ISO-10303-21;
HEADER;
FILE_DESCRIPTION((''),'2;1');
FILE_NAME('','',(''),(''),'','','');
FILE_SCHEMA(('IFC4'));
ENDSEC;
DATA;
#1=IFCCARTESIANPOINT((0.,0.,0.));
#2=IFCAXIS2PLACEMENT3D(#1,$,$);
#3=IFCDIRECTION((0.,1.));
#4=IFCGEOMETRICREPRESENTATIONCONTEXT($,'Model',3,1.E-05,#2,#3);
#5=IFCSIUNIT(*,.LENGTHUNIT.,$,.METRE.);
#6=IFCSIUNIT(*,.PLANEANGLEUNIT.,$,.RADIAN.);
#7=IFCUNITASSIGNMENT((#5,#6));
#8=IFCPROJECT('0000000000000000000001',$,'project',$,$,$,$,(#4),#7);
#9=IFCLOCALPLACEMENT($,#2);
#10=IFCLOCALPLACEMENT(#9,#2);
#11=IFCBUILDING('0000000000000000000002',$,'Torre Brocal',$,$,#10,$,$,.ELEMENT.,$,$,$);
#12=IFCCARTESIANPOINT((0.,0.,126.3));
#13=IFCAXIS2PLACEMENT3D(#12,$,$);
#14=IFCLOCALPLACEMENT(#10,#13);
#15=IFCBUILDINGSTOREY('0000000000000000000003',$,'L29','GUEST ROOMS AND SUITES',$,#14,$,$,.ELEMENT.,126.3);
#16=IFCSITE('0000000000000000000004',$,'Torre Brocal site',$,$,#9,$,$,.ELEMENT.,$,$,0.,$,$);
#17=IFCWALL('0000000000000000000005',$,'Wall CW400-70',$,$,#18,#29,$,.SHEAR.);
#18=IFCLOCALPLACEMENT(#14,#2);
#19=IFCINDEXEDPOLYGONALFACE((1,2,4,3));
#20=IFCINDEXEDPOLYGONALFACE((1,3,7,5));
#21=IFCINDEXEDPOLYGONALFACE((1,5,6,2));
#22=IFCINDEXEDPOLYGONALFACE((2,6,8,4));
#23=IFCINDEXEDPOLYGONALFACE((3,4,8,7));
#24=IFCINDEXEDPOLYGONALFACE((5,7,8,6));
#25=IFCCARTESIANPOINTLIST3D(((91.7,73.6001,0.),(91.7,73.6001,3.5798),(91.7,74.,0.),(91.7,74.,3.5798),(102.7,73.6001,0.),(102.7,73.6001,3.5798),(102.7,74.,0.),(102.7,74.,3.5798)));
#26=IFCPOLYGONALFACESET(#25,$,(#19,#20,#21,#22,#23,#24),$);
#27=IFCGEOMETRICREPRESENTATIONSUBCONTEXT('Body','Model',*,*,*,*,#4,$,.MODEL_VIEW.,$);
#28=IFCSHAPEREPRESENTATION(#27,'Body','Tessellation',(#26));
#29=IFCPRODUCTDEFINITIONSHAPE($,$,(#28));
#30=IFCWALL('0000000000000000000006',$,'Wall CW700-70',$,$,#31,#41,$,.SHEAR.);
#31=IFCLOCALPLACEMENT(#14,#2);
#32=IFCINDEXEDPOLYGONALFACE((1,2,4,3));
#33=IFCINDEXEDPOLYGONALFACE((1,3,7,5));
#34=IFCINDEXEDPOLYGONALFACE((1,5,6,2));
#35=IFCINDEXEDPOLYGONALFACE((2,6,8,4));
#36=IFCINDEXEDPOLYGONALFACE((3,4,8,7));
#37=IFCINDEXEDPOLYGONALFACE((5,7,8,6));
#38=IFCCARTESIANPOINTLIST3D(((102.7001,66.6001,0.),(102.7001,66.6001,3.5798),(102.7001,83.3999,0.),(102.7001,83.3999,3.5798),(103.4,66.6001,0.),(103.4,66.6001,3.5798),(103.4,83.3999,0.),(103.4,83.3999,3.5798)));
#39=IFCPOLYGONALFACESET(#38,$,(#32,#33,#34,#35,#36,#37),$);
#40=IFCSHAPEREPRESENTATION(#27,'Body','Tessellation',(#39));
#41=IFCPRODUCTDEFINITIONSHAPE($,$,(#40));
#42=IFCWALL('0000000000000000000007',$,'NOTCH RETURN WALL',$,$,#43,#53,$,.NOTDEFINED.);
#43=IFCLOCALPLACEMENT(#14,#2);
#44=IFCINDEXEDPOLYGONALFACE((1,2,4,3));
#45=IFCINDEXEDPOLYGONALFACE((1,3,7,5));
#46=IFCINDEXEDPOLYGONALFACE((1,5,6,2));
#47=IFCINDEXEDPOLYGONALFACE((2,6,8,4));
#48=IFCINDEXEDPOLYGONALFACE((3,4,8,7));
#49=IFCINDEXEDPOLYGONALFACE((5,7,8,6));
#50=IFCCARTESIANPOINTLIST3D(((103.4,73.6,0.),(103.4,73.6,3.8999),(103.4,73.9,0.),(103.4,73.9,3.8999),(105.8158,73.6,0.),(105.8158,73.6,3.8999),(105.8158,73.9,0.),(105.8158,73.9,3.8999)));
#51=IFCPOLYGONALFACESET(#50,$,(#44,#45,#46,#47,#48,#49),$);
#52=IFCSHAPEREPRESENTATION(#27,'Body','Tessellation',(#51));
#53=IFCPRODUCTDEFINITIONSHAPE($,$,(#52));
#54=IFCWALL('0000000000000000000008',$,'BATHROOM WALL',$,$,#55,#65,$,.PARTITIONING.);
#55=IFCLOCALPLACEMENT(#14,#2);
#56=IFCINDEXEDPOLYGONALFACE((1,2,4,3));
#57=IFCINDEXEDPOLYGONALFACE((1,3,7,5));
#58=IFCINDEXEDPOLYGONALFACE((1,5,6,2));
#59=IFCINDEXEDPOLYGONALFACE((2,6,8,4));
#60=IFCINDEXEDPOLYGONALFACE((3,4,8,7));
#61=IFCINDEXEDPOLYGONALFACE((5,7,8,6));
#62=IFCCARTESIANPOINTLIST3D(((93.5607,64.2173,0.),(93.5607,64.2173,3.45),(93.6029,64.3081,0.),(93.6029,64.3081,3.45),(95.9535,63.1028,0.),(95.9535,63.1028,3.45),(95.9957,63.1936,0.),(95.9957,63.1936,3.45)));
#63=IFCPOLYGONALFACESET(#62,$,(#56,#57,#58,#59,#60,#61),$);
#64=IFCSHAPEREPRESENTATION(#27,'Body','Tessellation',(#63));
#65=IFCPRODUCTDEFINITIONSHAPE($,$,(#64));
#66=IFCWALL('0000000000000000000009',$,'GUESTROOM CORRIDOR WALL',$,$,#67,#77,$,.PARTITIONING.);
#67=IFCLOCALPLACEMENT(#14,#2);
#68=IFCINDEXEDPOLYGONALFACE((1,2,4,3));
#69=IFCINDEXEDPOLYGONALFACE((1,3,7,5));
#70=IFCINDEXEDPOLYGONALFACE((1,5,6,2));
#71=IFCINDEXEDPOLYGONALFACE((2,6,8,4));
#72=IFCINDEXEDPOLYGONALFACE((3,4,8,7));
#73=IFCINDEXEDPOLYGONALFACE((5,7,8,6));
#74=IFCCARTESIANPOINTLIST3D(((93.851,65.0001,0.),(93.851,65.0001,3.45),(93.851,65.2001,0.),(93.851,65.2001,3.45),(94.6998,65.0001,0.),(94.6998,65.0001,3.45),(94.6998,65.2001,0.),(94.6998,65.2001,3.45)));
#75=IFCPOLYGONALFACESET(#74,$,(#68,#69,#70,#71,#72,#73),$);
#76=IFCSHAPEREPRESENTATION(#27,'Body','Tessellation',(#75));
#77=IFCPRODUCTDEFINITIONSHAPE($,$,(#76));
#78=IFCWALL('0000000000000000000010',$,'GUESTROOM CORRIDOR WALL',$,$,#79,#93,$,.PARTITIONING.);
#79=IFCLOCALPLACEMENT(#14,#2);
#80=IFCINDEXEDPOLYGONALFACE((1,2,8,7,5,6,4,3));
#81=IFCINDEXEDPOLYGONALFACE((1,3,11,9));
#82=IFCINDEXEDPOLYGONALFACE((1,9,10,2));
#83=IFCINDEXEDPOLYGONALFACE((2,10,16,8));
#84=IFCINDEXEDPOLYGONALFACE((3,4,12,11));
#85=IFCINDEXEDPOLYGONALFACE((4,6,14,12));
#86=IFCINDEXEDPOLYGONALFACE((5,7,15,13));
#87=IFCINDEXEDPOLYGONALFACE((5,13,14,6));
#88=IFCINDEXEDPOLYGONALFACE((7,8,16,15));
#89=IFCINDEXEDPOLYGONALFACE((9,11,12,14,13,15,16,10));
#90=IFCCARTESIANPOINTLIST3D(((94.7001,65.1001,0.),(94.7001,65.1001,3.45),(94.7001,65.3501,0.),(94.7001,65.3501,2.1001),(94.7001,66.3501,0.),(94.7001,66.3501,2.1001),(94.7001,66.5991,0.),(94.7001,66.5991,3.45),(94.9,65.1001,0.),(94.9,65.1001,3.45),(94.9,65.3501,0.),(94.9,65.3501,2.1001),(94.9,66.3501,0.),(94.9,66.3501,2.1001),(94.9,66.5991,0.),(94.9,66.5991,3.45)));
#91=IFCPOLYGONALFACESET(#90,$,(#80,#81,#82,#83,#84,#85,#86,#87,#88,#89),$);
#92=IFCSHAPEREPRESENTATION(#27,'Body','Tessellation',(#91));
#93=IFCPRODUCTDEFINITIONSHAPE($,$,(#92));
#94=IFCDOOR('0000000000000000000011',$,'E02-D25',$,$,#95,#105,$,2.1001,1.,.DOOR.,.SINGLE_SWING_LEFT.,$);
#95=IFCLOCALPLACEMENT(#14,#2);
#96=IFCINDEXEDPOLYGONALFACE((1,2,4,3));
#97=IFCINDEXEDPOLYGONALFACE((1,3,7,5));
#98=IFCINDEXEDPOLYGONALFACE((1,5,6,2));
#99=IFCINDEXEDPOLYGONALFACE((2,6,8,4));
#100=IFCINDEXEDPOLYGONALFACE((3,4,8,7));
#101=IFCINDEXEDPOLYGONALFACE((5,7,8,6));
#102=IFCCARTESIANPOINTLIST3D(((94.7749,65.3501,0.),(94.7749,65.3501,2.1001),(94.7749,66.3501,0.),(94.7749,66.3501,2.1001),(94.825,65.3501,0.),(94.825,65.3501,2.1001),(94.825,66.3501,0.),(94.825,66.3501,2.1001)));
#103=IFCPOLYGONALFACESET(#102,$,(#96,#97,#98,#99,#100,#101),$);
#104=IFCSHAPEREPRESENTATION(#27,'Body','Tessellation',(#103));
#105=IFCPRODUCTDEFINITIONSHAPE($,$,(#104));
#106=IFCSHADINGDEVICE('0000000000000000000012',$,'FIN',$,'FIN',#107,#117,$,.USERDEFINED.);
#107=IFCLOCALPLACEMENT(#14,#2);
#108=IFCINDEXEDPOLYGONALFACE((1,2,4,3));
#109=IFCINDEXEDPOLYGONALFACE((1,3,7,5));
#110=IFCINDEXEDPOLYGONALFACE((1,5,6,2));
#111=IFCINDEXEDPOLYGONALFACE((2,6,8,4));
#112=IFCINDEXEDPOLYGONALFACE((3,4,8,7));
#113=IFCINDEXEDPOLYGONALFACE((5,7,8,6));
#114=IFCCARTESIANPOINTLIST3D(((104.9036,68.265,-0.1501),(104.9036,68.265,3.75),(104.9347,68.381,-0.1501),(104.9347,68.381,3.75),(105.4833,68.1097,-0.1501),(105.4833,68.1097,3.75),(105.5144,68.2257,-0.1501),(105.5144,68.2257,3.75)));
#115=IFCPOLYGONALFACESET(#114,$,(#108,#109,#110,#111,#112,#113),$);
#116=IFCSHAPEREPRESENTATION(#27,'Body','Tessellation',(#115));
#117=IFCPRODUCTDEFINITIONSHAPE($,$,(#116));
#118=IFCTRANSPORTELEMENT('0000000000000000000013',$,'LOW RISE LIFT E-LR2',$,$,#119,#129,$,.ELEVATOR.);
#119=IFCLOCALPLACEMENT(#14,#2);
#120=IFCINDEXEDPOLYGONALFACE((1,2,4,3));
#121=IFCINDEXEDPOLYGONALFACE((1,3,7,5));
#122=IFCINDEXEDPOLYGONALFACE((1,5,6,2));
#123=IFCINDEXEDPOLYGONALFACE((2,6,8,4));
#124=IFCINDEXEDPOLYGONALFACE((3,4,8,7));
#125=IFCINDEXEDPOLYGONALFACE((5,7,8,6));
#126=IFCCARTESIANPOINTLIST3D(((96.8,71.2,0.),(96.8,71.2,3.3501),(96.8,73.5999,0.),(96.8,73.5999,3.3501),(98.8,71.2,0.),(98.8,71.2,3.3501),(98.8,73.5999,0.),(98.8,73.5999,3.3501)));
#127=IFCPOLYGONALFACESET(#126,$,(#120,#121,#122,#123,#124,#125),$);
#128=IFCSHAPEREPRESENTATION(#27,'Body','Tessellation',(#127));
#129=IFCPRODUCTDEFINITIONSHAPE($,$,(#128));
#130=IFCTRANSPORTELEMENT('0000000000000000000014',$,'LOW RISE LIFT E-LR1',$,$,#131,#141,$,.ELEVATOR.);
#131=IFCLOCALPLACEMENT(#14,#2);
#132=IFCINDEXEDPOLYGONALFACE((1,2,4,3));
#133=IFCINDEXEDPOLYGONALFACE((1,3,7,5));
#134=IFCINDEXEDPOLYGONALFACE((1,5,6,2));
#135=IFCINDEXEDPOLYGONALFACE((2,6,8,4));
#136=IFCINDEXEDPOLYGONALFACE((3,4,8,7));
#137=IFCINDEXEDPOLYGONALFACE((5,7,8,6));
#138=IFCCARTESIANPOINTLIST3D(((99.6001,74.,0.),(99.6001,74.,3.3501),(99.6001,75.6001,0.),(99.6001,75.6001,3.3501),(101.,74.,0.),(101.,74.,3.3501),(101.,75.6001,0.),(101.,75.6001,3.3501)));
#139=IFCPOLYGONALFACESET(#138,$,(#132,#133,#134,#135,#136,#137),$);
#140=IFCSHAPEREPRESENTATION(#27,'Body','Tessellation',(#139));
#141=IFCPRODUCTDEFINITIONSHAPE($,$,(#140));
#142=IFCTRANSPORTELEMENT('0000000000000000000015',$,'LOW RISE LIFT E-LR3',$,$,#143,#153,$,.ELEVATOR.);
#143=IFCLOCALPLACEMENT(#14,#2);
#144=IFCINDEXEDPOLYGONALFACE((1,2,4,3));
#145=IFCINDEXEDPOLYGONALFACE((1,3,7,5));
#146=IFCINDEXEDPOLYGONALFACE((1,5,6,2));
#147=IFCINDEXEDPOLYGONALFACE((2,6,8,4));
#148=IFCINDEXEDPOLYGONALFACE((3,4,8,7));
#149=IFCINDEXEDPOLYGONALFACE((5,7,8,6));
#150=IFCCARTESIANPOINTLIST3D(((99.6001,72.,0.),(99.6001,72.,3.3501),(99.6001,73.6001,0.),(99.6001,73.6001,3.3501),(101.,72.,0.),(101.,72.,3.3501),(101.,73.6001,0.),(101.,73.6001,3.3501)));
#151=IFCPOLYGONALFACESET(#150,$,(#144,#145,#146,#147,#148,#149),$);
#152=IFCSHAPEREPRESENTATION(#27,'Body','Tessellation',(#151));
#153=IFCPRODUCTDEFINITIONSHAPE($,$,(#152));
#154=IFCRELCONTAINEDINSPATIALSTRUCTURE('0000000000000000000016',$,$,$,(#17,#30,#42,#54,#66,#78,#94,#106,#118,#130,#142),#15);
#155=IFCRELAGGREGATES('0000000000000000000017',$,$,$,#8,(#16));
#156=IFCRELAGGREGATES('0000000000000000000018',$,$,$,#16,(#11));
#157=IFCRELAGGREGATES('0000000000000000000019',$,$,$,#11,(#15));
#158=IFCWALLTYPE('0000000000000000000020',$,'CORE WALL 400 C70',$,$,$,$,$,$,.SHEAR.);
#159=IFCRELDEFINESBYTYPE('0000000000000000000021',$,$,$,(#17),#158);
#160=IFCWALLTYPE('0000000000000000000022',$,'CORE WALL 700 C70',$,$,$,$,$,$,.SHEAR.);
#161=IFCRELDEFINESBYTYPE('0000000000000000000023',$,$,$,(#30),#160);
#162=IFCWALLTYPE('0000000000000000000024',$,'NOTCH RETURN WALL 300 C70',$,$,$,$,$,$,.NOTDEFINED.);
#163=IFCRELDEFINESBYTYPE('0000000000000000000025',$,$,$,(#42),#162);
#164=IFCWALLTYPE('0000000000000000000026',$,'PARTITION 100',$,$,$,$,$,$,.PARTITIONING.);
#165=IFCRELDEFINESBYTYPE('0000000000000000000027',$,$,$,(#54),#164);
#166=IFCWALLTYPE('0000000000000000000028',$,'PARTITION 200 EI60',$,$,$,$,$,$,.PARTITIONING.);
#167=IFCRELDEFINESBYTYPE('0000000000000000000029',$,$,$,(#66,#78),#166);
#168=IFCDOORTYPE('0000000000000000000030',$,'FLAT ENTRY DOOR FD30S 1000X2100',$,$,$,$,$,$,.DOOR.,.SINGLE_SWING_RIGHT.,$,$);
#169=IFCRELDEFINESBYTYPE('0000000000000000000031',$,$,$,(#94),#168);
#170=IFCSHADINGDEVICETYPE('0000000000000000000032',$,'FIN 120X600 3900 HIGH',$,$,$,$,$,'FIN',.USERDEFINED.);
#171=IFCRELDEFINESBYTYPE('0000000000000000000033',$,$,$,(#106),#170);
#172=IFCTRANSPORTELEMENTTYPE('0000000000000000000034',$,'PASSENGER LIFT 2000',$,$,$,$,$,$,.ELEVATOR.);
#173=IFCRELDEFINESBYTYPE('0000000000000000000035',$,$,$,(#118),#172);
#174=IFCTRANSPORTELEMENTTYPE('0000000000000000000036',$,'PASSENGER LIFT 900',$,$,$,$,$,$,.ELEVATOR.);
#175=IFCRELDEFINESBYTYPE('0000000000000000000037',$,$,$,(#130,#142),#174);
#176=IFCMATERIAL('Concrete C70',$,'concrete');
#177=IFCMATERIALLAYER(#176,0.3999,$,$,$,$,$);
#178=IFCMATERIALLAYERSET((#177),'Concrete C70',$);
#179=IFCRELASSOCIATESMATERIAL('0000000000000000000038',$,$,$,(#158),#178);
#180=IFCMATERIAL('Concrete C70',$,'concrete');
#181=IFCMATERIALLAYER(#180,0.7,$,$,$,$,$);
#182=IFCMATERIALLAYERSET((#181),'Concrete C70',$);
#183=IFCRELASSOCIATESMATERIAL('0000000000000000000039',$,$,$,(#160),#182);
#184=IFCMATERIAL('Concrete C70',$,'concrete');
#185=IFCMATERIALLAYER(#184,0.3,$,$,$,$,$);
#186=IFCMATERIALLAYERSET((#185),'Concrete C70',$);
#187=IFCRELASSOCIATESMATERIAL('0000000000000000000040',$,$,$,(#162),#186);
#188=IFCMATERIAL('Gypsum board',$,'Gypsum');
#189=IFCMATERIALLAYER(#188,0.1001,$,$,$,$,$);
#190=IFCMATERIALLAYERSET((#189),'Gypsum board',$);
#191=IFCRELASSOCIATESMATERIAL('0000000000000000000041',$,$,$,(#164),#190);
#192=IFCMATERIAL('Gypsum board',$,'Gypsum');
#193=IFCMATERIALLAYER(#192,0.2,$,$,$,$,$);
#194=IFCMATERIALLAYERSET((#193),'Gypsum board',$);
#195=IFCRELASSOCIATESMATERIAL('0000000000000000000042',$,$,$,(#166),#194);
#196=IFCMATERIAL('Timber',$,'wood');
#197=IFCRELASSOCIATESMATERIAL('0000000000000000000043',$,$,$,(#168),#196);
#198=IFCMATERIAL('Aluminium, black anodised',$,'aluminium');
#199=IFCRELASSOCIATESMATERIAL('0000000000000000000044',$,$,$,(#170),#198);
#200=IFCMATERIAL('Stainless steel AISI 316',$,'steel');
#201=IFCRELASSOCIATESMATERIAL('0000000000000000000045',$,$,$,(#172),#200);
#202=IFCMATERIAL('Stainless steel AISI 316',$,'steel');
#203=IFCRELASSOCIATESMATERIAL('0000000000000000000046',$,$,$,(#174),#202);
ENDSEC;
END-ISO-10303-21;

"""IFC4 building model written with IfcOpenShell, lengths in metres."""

from ifc_helpers import new_model, si_unit, direction, frame, frame_2d, origin, origin_2d, place, context, subcontext, project, spatial, rectangle, extrude, material, layer, layer_set, material_profile, profile_set, type_object, element, fill, save


model = new_model("IFC4")

# Units and contexts
model_context = context("Model", 3, precision=1e-05, world=origin(), true_north=direction((0.0, 1.0)))
body_context = subcontext(model_context, "Body", "Model", "MODEL_VIEW")
ifc_project = project(units=[si_unit("LENGTHUNIT", "METRE"), si_unit("PLANEANGLEUNIT", "RADIAN")], contexts=[model_context])

# Site, building, storey
site_placement = place(None, origin())
site = spatial("IfcSite", under=ifc_project, at=site_placement, Name="Torre Brocal site", CompositionType="ELEMENT", RefElevation=0.0)
building_placement = place(site_placement, origin())
building = spatial("IfcBuilding", under=site, at=building_placement, Name="Torre Brocal", CompositionType="ELEMENT")
storey_placement = place(building_placement, frame((0.0, 0.0, 126.3)))
storey = spatial("IfcBuildingStorey", under=building, at=storey_placement, Name="L29", Description="GUEST ROOMS AND SUITES", CompositionType="ELEMENT", Elevation=126.3)

# Walls
ifc_material_1 = material(Name="Concrete C70", Category="concrete")
ifc_layer_1 = layer(ifc_material_1, 0.3999)
ifc_layer_set_1 = layer_set([ifc_layer_1], Name="Concrete C70")
wall_type_1 = type_object("IfcWallType", Name="CORE WALL 400 C70", PredefinedType="SHEAR", material=ifc_layer_set_1)
wall_1_placement = place(storey_placement, frame((91.7, 73.8, 0.0), z_axis=(0.0, 0.0, 1.0), x_axis=(1.0, 0.0, 0.0)))
element("IfcWall", 1, at=wall_1_placement, inside=storey, type_object=wall_type_1, Name="Wall CW400-70", PredefinedType="SHEAR", context=body_context, shape_type="SweptSolid", body=[
    extrude(rectangle(XDim=11.0, YDim=0.3999, at=frame_2d((5.5, 0.0))), origin(), (0.0, 0.0, 1.0), 3.5798),
])
ifc_material_2 = material(Name="Concrete C70", Category="concrete")
ifc_layer_2 = layer(ifc_material_2, 0.7)
ifc_layer_set_2 = layer_set([ifc_layer_2], Name="Concrete C70")
wall_type_2 = type_object("IfcWallType", Name="CORE WALL 700 C70", PredefinedType="SHEAR", material=ifc_layer_set_2)
wall_2_placement = place(storey_placement, frame((103.05, 66.6001, 0.0), z_axis=(0.0, 0.0, 1.0), x_axis=(0.0, 1.0, 0.0)))
element("IfcWall", 2, at=wall_2_placement, inside=storey, type_object=wall_type_2, Name="Wall CW700-70", PredefinedType="SHEAR", context=body_context, shape_type="SweptSolid", body=[
    extrude(rectangle(XDim=16.7998, YDim=0.7, at=frame_2d((8.3999, 0.0))), origin(), (0.0, 0.0, 1.0), 3.5798),
])
ifc_material_3 = material(Name="Concrete C70", Category="concrete")
ifc_layer_3 = layer(ifc_material_3, 0.3)
ifc_layer_set_3 = layer_set([ifc_layer_3], Name="Concrete C70")
wall_type_3 = type_object("IfcWallType", Name="NOTCH RETURN WALL 300 C70", PredefinedType="NOTDEFINED", material=ifc_layer_set_3)
wall_3_placement = place(storey_placement, frame((103.3999, 73.75, 0.0), z_axis=(0.0, 0.0, 1.0), x_axis=(1.0, 0.0, 0.0)))
element("IfcWall", 3, at=wall_3_placement, inside=storey, type_object=wall_type_3, Name="NOTCH RETURN WALL", PredefinedType="NOTDEFINED", context=body_context, shape_type="SweptSolid", body=[
    extrude(rectangle(XDim=2.4158, YDim=0.3, at=frame_2d((1.208, 0.0))), origin(), (0.0, 0.0, 1.0), 3.8999),
])
ifc_material_4 = material(Name="Gypsum board", Category="Gypsum")
ifc_layer_4 = layer(ifc_material_4, 0.1001)
ifc_layer_set_4 = layer_set([ifc_layer_4], Name="Gypsum board")
wall_type_4 = type_object("IfcWallType", Name="PARTITION 100", PredefinedType="PARTITIONING", material=ifc_layer_set_4)
wall_4_placement = place(storey_placement, frame((93.5818, 64.2627, 0.0), z_axis=(0.0, 0.0, 1.0), x_axis=(0.906495, -0.422217, 0.0)))
element("IfcWall", 4, at=wall_4_placement, inside=storey, type_object=wall_type_4, Name="BATHROOM WALL", PredefinedType="PARTITIONING", context=body_context, shape_type="SweptSolid", body=[
    extrude(rectangle(XDim=2.6396, YDim=0.1001, at=frame_2d((1.3198, 0.0))), origin(), (0.0, 0.0, 1.0), 3.45),
])
ifc_material_5 = material(Name="Gypsum board", Category="Gypsum")
ifc_layer_5 = layer(ifc_material_5, 0.2)
ifc_layer_set_5 = layer_set([ifc_layer_5], Name="Gypsum board")
wall_type_5 = type_object("IfcWallType", Name="PARTITION 200 EI60", PredefinedType="PARTITIONING", material=ifc_layer_set_5)
wall_5_placement = place(storey_placement, frame((93.8511, 65.1001, 0.0), z_axis=(0.0, 0.0, 1.0), x_axis=(1.0, 0.0, 0.0)))
element("IfcWall", 5, at=wall_5_placement, inside=storey, type_object=wall_type_5, Name="GUESTROOM CORRIDOR WALL", PredefinedType="PARTITIONING", context=body_context, shape_type="SweptSolid", body=[
    extrude(rectangle(XDim=0.8489, YDim=0.2, at=frame_2d((0.4243, 0.0))), origin(), (0.0, 0.0, 1.0), 3.45),
])

# Wall, opening, door
wall_6_placement = place(storey_placement, frame((94.8, 65.1001, 0.0), z_axis=(0.0, 0.0, 1.0), x_axis=(0.0, 1.0, 0.0)))
wall_6 = element("IfcWall", 6, at=wall_6_placement, inside=storey, type_object=wall_type_5, Name="GUESTROOM CORRIDOR WALL", PredefinedType="PARTITIONING", context=body_context, shape_type="SweptSolid", body=[
    extrude(rectangle(XDim=1.499, YDim=0.2, at=frame_2d((0.7495, 0.0))), origin(), (0.0, 0.0, 1.0), 3.45),
])
opening_placement = place(wall_6_placement, frame((0.25, 0.0, 0.0)))
opening = element("IfcOpeningElement", 7, at=opening_placement, cuts=wall_6, PredefinedType="OPENING", context=body_context, shape_type="SweptSolid", body=[
    extrude(rectangle(XDim=1.0, YDim=2.1001, at=frame_2d((0.5, 1.05))), frame((0.0, 0.1099, 0.0), z_axis=(0.0, -1.0, 0.0), x_axis=(1.0, 0.0, 0.0)), (0.0, 0.0, 1.0), 0.22),
])
ifc_material_6 = material(Name="Timber", Category="wood")
door_type = type_object("IfcDoorType", Name="FLAT ENTRY DOOR FD30S 1000X2100", OperationType="SINGLE_SWING_RIGHT", PredefinedType="DOOR", material=ifc_material_6)
door_placement = place(opening_placement, frame((1.0, 0.0, 0.0), z_axis=(0.0, 0.0, 1.0), x_axis=(-1.0, 0.0, 0.0)))
door = element("IfcDoor", 8, at=door_placement, inside=storey, type_object=door_type, Name="E02-D25", OperationType="SINGLE_SWING_LEFT", OverallHeight=2.1001, OverallWidth=1.0, PredefinedType="DOOR", context=body_context, shape_type="SweptSolid", body=[
    extrude(rectangle(XDim=1.0, YDim=2.1001, at=frame_2d((0.5, 1.05))), frame((0.0, 0.0249, 0.0), z_axis=(0.0, -1.0, 0.0), x_axis=(1.0, 0.0, 0.0)), (0.0, 0.0, 1.0), 0.05),
])
fill(opening, door)

# Shading device
ifc_material_7 = material(Name="Aluminium, black anodised", Category="aluminium")
ifc_material_profile_1 = material_profile(ifc_material_7, rectangle(XDim=0.1201, YDim=0.6001, at=origin_2d()), Name="FIN 120X600 3900 HIGH")
ifc_profile_set_1 = profile_set([ifc_material_profile_1], Name="Aluminium, black anodised")
shading_device_type = type_object("IfcShadingDeviceType", Name="FIN 120X600 3900 HIGH", ElementType="FIN", PredefinedType="USERDEFINED", material=ifc_profile_set_1)
shading_device_placement = place(storey_placement, frame((105.209, 68.2454, -0.1501), z_axis=(0.0, 0.0, 1.0), x_axis=(0.258819, 0.965926, 0.0)))
element("IfcShadingDevice", 9, at=shading_device_placement, inside=storey, type_object=shading_device_type, Name="FIN", ObjectType="FIN", PredefinedType="USERDEFINED", context=body_context, shape_type="SweptSolid", body=[
    extrude(rectangle(XDim=0.1201, YDim=0.6001, at=origin_2d()), origin(), (0.0, 0.0, 1.0), 3.9001),
])

# Transport elements
ifc_material_8 = material(Name="Stainless steel AISI 316", Category="steel")
transport_element_type_1 = type_object("IfcTransportElementType", Name="PASSENGER LIFT 2000", PredefinedType="ELEVATOR", material=ifc_material_8)
transport_element_placement = place(storey_placement, frame((97.8, 72.3999, 0.0), z_axis=(0.0, 0.0, 1.0), x_axis=(1.0, 0.0, 0.0)))
element("IfcTransportElement", 10, at=transport_element_placement, inside=storey, type_object=transport_element_type_1, Name="LOW RISE LIFT E-LR2", PredefinedType="ELEVATOR", context=body_context, shape_type="SweptSolid", body=[
    extrude(rectangle(XDim=2.0, YDim=2.3999, at=origin_2d()), origin(), (0.0, 0.0, 1.0), 3.3501),
])
ifc_material_9 = material(Name="Stainless steel AISI 316", Category="steel")
transport_element_type_2 = type_object("IfcTransportElementType", Name="PASSENGER LIFT 900", PredefinedType="ELEVATOR", material=ifc_material_9)
for number, where, z_axis, x_axis, name in (
    (11, (100.3, 74.8, 0.0), (0.0, 0.0, 1.0), (1.0, 0.0, 0.0), "LOW RISE LIFT E-LR1"),
    (12, (100.3, 72.8, 0.0), (0.0, 0.0, 1.0), (1.0, 0.0, 0.0), "LOW RISE LIFT E-LR3"),
):
    element("IfcTransportElement", number, at=place(storey_placement, frame(where, z_axis=z_axis, x_axis=x_axis)), inside=storey, type_object=transport_element_type_2, Name=name, PredefinedType="ELEVATOR", context=body_context, shape_type="SweptSolid", body=[
        extrude(rectangle(XDim=1.3999, YDim=1.6001, at=origin_2d()), origin(), (0.0, 0.0, 1.0), 3.3501),
    ])

save(model, "model.ifc")
